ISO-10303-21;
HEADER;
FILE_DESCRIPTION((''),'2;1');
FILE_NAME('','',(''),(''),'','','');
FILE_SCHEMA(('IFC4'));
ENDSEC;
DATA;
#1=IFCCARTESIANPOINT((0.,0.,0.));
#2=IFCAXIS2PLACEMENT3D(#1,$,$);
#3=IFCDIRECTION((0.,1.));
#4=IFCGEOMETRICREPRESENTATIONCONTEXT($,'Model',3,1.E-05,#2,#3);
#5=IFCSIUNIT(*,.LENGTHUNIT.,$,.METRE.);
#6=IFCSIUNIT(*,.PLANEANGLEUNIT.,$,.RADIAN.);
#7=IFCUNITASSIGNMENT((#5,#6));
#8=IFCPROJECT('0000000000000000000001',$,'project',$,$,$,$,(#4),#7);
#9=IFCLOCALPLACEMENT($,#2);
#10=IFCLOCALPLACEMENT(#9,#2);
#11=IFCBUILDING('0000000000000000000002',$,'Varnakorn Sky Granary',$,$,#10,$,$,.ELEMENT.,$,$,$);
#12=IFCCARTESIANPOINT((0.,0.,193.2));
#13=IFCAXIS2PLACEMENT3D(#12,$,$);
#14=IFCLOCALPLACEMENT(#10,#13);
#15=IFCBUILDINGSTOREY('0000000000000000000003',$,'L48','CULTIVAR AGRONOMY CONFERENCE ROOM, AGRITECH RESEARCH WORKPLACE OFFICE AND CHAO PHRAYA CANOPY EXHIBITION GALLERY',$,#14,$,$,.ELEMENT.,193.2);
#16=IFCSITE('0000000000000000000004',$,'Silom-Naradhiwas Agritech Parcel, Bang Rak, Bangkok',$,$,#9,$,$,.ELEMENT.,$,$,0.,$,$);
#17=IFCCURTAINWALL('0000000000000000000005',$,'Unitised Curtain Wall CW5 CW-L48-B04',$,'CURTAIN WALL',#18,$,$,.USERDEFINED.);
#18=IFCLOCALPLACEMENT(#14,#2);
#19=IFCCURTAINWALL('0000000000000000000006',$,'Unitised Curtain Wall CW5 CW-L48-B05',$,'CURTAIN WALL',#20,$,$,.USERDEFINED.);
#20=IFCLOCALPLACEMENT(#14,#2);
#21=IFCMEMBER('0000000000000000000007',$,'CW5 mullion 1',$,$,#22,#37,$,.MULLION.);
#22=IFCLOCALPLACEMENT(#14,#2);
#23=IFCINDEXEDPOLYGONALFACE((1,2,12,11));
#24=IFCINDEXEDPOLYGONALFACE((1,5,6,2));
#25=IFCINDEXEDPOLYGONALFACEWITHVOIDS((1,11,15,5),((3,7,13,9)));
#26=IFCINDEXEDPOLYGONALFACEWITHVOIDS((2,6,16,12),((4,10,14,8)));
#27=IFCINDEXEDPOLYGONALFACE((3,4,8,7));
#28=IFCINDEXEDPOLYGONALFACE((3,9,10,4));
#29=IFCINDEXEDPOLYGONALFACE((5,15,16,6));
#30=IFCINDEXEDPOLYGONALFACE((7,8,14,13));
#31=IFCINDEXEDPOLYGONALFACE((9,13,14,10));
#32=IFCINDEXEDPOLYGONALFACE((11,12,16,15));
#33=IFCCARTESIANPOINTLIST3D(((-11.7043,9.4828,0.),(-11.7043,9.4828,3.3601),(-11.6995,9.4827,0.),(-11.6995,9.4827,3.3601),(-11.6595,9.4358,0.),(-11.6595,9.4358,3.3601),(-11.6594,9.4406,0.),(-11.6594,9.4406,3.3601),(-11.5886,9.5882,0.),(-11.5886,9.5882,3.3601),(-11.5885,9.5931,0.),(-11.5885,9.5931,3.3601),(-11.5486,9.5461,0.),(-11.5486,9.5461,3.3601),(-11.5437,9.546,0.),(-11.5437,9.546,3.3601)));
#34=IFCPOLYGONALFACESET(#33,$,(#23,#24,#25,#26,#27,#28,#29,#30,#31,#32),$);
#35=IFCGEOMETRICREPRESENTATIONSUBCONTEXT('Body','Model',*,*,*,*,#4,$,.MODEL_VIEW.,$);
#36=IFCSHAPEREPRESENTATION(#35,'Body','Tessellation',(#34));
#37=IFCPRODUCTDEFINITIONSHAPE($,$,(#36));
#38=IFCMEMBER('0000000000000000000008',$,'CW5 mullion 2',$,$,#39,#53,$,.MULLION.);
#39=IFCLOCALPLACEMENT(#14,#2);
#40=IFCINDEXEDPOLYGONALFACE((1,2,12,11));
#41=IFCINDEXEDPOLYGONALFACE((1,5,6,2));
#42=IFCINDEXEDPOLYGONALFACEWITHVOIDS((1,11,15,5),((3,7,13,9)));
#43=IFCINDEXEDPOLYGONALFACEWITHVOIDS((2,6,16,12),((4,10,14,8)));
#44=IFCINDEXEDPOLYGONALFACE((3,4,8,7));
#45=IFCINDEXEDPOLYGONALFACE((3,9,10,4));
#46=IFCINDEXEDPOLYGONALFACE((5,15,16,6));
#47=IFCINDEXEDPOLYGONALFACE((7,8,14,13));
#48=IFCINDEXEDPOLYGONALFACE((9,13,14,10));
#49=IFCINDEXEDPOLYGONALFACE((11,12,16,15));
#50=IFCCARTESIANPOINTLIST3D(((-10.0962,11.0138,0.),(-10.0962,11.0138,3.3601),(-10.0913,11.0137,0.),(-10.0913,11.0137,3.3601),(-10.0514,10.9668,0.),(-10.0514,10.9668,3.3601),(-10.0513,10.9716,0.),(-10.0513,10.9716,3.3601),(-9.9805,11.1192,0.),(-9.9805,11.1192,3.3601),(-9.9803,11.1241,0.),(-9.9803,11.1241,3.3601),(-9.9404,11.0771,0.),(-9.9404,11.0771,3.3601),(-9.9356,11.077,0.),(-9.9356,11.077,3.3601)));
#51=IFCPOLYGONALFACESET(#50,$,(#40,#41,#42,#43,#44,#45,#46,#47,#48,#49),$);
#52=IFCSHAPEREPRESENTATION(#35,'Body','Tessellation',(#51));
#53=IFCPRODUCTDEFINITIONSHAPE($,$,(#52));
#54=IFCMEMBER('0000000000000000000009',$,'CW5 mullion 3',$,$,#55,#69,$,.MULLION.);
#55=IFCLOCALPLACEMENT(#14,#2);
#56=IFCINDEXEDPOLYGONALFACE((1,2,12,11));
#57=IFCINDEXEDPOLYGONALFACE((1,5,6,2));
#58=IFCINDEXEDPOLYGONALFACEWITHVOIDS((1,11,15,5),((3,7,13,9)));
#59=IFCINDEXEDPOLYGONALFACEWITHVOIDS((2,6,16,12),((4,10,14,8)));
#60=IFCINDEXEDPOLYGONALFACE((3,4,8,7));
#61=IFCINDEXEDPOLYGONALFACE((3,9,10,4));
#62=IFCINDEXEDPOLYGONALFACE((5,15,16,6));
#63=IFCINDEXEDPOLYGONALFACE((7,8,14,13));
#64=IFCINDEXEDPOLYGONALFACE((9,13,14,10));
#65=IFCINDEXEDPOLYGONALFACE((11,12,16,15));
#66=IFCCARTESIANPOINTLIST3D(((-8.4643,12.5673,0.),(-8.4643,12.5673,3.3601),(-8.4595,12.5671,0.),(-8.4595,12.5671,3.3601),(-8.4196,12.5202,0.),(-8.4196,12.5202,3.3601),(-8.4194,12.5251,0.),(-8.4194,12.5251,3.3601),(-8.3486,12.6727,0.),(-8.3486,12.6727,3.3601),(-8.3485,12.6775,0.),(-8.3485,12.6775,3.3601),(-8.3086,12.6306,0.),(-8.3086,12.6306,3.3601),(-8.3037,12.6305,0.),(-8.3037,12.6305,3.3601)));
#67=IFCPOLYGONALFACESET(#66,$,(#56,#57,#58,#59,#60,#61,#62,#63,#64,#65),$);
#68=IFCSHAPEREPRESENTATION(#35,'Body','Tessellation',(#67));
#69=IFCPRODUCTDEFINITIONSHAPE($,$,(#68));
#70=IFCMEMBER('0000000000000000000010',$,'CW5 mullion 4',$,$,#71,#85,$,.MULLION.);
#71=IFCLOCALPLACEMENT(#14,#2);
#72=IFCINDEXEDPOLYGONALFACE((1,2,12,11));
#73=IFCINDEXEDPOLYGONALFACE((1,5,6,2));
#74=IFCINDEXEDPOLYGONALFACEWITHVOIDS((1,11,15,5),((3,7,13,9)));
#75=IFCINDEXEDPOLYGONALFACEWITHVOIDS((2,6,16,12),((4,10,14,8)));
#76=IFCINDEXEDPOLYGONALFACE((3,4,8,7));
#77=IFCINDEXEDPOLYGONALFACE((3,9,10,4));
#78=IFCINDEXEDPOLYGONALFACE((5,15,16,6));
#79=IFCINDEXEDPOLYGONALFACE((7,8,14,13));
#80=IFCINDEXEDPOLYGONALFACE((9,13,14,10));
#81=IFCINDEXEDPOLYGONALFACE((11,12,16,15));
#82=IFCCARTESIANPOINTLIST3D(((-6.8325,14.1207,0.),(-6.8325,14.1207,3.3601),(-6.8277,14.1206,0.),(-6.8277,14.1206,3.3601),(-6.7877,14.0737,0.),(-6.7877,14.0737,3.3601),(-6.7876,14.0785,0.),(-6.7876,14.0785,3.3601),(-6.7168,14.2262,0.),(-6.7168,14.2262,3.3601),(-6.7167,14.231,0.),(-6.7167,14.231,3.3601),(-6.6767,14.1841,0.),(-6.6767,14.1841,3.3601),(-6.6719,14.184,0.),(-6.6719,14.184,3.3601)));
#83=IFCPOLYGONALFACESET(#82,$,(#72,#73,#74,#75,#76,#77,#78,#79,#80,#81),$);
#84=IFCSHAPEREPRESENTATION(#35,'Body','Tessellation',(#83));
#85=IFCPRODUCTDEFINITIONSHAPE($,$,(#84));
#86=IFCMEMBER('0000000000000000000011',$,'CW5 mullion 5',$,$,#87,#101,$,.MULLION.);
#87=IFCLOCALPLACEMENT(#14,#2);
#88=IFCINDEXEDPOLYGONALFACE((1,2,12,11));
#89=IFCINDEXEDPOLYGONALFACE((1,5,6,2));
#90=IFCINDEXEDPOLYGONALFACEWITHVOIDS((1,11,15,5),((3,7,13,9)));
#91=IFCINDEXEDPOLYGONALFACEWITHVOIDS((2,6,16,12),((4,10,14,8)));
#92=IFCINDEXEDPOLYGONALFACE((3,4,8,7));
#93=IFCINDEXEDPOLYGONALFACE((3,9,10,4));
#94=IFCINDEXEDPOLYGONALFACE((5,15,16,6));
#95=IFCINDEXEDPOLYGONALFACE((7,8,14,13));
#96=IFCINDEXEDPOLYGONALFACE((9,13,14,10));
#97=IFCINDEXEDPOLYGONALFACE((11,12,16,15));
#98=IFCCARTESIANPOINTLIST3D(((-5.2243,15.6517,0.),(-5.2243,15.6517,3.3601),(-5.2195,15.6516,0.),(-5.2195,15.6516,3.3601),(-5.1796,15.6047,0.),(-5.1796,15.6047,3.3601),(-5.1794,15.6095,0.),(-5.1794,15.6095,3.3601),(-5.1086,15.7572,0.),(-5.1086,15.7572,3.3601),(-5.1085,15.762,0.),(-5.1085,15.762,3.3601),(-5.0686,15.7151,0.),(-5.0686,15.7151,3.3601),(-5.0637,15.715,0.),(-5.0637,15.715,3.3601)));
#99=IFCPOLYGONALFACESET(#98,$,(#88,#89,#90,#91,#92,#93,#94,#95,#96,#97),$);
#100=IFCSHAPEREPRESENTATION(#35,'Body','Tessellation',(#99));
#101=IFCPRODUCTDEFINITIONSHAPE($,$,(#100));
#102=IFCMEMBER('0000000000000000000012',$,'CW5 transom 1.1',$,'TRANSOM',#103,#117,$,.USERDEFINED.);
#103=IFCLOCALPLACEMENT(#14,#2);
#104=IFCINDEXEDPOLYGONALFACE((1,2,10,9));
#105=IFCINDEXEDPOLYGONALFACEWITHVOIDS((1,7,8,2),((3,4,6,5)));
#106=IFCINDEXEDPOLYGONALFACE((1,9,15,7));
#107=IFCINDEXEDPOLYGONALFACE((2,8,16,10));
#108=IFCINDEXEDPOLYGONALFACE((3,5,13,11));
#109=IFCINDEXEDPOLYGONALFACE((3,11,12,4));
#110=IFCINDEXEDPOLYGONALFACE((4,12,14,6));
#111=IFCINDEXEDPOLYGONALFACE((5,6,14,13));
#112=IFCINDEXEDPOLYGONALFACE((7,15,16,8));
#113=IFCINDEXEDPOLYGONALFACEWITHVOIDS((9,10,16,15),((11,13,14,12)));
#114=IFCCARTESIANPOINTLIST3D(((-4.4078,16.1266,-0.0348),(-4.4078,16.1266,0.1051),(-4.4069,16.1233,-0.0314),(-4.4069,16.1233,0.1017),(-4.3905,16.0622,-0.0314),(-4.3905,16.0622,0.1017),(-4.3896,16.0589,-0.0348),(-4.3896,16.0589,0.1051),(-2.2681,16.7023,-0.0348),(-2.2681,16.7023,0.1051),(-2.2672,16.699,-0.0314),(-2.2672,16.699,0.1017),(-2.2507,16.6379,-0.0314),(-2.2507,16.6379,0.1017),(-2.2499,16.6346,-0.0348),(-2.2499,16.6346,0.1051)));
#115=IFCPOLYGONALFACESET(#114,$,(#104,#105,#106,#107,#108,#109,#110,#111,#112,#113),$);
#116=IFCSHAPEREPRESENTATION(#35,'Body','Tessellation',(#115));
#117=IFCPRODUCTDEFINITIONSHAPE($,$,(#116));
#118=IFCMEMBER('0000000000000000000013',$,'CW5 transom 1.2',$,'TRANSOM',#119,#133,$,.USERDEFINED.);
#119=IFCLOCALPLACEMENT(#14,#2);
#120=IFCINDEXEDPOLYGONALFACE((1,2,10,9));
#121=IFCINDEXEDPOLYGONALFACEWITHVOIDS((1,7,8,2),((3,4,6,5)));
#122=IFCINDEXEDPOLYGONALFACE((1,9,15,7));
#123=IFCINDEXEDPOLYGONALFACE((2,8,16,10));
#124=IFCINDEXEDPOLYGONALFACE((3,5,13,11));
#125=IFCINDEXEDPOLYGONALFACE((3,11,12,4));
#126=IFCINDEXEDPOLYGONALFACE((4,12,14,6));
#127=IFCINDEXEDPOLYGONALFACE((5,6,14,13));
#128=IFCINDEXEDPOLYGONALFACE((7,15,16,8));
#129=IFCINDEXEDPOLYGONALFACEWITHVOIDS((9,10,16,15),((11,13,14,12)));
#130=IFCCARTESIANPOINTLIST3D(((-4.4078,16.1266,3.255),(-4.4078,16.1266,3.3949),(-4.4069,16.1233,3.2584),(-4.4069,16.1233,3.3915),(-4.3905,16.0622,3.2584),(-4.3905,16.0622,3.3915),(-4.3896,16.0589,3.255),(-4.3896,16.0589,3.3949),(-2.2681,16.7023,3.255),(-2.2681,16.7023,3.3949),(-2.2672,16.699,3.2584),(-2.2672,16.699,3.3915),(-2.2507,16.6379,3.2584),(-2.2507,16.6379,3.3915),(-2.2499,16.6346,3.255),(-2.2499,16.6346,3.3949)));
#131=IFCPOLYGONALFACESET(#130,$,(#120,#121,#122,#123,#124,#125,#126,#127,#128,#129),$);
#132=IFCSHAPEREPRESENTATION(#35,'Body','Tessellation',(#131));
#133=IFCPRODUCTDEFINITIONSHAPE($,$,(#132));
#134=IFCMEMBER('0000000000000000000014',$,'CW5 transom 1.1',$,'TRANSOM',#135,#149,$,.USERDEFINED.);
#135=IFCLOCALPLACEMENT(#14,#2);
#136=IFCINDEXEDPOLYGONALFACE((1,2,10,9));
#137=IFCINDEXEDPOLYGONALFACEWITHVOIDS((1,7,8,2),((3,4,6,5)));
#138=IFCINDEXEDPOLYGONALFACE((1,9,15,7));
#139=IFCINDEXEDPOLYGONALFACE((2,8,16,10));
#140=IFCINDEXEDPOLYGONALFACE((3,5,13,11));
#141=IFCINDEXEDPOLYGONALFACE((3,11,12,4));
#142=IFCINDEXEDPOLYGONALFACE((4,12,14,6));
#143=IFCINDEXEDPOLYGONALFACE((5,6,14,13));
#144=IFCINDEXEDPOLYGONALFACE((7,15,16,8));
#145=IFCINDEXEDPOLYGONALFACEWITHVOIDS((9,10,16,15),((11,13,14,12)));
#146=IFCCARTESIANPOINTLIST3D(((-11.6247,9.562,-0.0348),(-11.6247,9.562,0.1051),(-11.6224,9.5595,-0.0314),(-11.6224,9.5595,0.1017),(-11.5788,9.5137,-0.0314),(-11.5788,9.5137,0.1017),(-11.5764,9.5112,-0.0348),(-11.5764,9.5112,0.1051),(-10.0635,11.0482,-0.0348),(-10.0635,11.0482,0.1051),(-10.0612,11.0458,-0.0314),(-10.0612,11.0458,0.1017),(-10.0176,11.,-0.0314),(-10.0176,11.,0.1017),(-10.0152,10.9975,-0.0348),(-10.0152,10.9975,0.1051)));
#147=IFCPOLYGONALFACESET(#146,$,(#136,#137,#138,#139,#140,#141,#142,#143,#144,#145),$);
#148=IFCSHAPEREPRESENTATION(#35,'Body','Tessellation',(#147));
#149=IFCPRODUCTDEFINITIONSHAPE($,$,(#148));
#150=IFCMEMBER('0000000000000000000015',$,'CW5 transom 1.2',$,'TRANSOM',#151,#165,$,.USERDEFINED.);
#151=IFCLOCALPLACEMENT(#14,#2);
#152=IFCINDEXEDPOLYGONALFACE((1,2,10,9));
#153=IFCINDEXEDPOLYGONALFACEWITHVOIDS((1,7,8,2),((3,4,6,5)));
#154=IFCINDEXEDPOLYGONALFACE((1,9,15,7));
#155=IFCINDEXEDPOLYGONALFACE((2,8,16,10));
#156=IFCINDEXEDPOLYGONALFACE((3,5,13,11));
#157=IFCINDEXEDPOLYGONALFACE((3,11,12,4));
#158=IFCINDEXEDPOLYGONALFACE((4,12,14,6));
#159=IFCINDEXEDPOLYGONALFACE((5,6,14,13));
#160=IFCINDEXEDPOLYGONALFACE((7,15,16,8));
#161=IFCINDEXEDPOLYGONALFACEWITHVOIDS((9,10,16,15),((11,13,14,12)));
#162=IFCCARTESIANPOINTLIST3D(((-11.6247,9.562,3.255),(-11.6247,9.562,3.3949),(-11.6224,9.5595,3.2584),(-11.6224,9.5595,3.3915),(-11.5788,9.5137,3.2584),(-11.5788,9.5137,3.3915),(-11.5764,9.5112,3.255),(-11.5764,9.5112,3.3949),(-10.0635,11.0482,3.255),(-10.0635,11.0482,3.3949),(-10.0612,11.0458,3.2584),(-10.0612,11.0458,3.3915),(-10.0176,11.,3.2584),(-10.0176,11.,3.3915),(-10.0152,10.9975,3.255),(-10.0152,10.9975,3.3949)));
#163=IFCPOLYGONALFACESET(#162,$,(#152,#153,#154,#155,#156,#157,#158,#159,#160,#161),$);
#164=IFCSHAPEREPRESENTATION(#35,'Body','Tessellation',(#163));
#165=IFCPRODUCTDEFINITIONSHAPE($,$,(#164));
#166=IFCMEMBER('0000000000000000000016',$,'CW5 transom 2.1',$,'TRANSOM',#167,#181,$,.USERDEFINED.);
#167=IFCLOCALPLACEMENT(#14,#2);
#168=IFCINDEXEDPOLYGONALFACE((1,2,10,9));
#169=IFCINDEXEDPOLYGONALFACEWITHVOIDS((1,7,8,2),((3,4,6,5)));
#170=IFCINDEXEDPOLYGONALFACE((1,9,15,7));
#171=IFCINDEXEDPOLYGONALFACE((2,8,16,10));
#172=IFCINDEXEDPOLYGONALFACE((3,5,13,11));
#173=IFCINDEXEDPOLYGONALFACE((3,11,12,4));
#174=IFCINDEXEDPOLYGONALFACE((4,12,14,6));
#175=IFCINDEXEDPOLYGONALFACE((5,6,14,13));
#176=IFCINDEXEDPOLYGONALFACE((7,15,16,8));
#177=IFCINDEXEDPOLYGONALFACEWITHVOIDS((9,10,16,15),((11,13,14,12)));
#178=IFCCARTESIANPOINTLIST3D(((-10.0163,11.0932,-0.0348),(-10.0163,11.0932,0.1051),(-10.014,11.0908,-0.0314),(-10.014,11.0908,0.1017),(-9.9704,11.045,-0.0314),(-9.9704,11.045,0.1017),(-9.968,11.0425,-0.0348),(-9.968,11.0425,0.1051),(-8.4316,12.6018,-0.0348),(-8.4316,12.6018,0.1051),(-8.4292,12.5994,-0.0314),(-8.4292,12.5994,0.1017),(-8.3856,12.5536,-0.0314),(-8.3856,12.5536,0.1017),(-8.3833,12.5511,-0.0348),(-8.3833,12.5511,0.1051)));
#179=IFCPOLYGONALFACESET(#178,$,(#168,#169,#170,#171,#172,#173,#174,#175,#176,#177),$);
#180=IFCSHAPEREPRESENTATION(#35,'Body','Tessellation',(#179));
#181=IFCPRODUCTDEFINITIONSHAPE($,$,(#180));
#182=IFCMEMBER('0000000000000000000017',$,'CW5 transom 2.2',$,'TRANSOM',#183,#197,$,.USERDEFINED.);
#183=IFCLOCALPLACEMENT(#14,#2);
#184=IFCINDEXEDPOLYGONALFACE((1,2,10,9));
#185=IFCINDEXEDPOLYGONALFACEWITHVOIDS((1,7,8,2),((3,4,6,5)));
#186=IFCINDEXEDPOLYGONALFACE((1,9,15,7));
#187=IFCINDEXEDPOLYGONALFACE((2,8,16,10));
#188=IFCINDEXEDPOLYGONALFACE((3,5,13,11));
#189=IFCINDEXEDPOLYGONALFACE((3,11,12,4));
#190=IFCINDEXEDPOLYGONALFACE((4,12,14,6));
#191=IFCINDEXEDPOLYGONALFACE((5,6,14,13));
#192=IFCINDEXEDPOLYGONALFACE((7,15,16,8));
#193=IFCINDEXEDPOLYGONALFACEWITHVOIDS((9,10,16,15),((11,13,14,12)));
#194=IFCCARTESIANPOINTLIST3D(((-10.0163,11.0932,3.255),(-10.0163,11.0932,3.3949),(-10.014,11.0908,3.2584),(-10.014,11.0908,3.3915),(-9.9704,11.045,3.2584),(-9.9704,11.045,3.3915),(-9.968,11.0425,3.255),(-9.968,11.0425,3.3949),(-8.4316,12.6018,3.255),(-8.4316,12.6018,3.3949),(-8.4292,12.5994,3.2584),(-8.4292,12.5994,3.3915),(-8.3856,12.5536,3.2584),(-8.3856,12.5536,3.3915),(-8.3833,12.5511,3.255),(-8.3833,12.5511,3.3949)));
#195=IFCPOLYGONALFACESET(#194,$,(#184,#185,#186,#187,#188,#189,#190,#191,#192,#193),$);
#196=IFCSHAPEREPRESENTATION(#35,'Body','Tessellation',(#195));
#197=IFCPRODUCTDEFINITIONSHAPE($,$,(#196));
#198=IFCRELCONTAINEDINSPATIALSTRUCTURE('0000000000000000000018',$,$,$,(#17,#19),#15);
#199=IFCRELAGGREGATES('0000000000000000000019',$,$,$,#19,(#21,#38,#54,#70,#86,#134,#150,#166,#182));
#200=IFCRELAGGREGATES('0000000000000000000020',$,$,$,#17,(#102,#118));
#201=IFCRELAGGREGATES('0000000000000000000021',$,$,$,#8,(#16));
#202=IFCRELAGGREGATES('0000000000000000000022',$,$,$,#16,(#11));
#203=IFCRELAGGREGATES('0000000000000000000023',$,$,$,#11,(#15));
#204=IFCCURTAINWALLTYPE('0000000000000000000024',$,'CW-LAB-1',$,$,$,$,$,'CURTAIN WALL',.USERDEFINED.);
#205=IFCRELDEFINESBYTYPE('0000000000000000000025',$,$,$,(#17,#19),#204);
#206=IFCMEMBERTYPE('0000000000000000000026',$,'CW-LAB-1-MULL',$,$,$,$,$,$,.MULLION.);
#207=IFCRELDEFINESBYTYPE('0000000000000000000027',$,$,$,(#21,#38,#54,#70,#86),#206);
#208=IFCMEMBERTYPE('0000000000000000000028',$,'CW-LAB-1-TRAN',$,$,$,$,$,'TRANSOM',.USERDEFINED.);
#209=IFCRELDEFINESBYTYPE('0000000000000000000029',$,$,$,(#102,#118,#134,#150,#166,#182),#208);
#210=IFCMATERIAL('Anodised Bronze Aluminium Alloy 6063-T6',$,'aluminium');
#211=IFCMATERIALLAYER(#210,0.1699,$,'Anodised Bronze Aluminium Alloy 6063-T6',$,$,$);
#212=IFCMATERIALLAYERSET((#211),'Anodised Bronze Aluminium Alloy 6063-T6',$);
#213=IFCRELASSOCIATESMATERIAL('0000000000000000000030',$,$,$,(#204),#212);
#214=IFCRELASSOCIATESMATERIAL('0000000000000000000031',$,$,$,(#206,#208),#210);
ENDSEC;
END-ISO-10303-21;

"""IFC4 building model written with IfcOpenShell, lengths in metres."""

from ifc_helpers import new_model, si_unit, direction, frame, origin, origin_2d, place, context, subcontext, project, spatial, hollow_rectangle, extrude, material, layer, layer_set, material_profile, profile_set, type_object, element, aggregate, save


model = new_model("IFC4")

# Units and contexts
model_context = context("Model", 3, precision=1e-05, world=origin(), true_north=direction((0.0, 1.0)))
body_context = subcontext(model_context, "Body", "Model", "MODEL_VIEW")
ifc_project = project(units=[si_unit("LENGTHUNIT", "METRE"), si_unit("PLANEANGLEUNIT", "RADIAN")], contexts=[model_context])

# Site, building, storey
site_placement = place(None, origin())
site = spatial("IfcSite", under=ifc_project, at=site_placement, Name="Silom-Naradhiwas Agritech Parcel, Bang Rak, Bangkok", CompositionType="ELEMENT", RefElevation=0.0)
building_placement = place(site_placement, origin())
building = spatial("IfcBuilding", under=site, at=building_placement, Name="Varnakorn Sky Granary", CompositionType="ELEMENT")
storey_placement = place(building_placement, frame((0.0, 0.0, 193.2)))
storey = spatial("IfcBuildingStorey", under=building, at=storey_placement, Name="L48", Description="CULTIVAR AGRONOMY CONFERENCE ROOM, AGRITECH RESEARCH WORKPLACE OFFICE AND CHAO PHRAYA CANOPY EXHIBITION GALLERY", CompositionType="ELEMENT", Elevation=193.2)

# Curtain wall
ifc_material_1 = material(Name="Anodised Bronze Aluminium Alloy 6063-T6", Category="aluminium")
ifc_layer_1 = layer(ifc_material_1, 0.1699, Name="Anodised Bronze Aluminium Alloy 6063-T6")
ifc_layer_set_1 = layer_set([ifc_layer_1], Name="Anodised Bronze Aluminium Alloy 6063-T6")
curtain_wall_type = type_object("IfcCurtainWallType", Name="CW-LAB-1", ElementType="CURTAIN WALL", PredefinedType="USERDEFINED", material=ifc_layer_set_1)
curtain_wall_1_placement = place(storey_placement, origin())
curtain_wall_1 = element("IfcCurtainWall", 1, at=curtain_wall_1_placement, inside=storey, type_object=curtain_wall_type, Name="Unitised Curtain Wall CW5 CW-L48-B04", ObjectType="CURTAIN WALL", PredefinedType="USERDEFINED")
ifc_material_profile_1 = material_profile(ifc_material_1, hollow_rectangle(XDim=0.0649, YDim=0.1599, WallThickness=0.0034, at=origin_2d()), Name="ALU MULL 65x160")
ifc_profile_set_1 = profile_set([ifc_material_profile_1], Name="Anodised Bronze Aluminium Alloy 6063-T6")
member_type_1 = type_object("IfcMemberType", Name="CW-LAB-1-MULL", PredefinedType="MULLION", material=ifc_profile_set_1)

# Curtain wall, members
curtain_wall_2_placement = place(storey_placement, origin())
curtain_wall_2 = element("IfcCurtainWall", 2, at=curtain_wall_2_placement, inside=storey, type_object=curtain_wall_type, Name="Unitised Curtain Wall CW5 CW-L48-B05", ObjectType="CURTAIN WALL", PredefinedType="USERDEFINED")
member_1_placement = place(storey_placement, frame((-11.624, 9.5144, 0.0), z_axis=(0.0, 0.0, 1.0), x_axis=(-0.689516, 0.72427, 0.0)))
member_1 = element("IfcMember", 3, at=member_1_placement, type_object=member_type_1, Name="CW5 mullion 1", PredefinedType="MULLION", context=body_context, shape_type="SweptSolid", body=[
    extrude(hollow_rectangle(XDim=0.0649, YDim=0.1599, WallThickness=0.0034, at=origin_2d()), origin(), (0.0, 0.0, 1.0), 3.3601),
])
member_2_placement = place(storey_placement, frame((-10.0159, 11.0454, 0.0), z_axis=(0.0, 0.0, 1.0), x_axis=(-0.689516, 0.72427, 0.0)))
member_2 = element("IfcMember", 4, at=member_2_placement, type_object=member_type_1, Name="CW5 mullion 2", PredefinedType="MULLION", context=body_context, shape_type="SweptSolid", body=[
    extrude(hollow_rectangle(XDim=0.0649, YDim=0.1599, WallThickness=0.0034, at=origin_2d()), origin(), (0.0, 0.0, 1.0), 3.3601),
])
member_3_placement = place(storey_placement, frame((-8.384, 12.5989, 0.0), z_axis=(0.0, 0.0, 1.0), x_axis=(-0.689516, 0.72427, 0.0)))
member_3 = element("IfcMember", 5, at=member_3_placement, type_object=member_type_1, Name="CW5 mullion 3", PredefinedType="MULLION", context=body_context, shape_type="SweptSolid", body=[
    extrude(hollow_rectangle(XDim=0.0649, YDim=0.1599, WallThickness=0.0034, at=origin_2d()), origin(), (0.0, 0.0, 1.0), 3.3601),
])
member_4_placement = place(storey_placement, frame((-6.7522, 14.1523, 0.0), z_axis=(0.0, 0.0, 1.0), x_axis=(-0.689516, 0.72427, 0.0)))
member_4 = element("IfcMember", 6, at=member_4_placement, type_object=member_type_1, Name="CW5 mullion 4", PredefinedType="MULLION", context=body_context, shape_type="SweptSolid", body=[
    extrude(hollow_rectangle(XDim=0.0649, YDim=0.1599, WallThickness=0.0034, at=origin_2d()), origin(), (0.0, 0.0, 1.0), 3.3601),
])
member_5_placement = place(storey_placement, frame((-5.144, 15.6833, 0.0), z_axis=(0.0, 0.0, 1.0), x_axis=(-0.689516, 0.72427, 0.0)))
member_5 = element("IfcMember", 7, at=member_5_placement, type_object=member_type_1, Name="CW5 mullion 5", PredefinedType="MULLION", context=body_context, shape_type="SweptSolid", body=[
    extrude(hollow_rectangle(XDim=0.0649, YDim=0.1599, WallThickness=0.0034, at=origin_2d()), origin(), (0.0, 0.0, 1.0), 3.3601),
])

# Members
ifc_material_profile_2 = material_profile(ifc_material_1, hollow_rectangle(XDim=0.0701, YDim=0.1399, WallThickness=0.0034, at=origin_2d()), Name="ALU TRAN 70x140")
ifc_profile_set_2 = profile_set([ifc_material_profile_2], Name="Anodised Bronze Aluminium Alloy 6063-T6")
member_type_2 = type_object("IfcMemberType", Name="CW-LAB-1-TRAN", ElementType="TRANSOM", PredefinedType="USERDEFINED", material=ifc_profile_set_2)
member_6_placement = place(storey_placement, frame((-4.3987, 16.0928, 0.0352), z_axis=(0.965658, 0.259815, 0.0), x_axis=(-0.259815, 0.965658, 0.0)))
member_6 = element("IfcMember", 8, at=member_6_placement, type_object=member_type_2, Name="CW5 transom 1.1", ObjectType="TRANSOM", PredefinedType="USERDEFINED", context=body_context, shape_type="SweptSolid", body=[
    extrude(hollow_rectangle(XDim=0.0701, YDim=0.1399, WallThickness=0.0034, at=origin_2d()), origin(), (0.0, 0.0, 1.0), 2.2158),
])
member_7_placement = place(storey_placement, frame((-4.3987, 16.0928, 3.325), z_axis=(0.965658, 0.259815, 0.0), x_axis=(-0.259815, 0.965658, 0.0)))
member_7 = element("IfcMember", 9, at=member_7_placement, type_object=member_type_2, Name="CW5 transom 1.2", ObjectType="TRANSOM", PredefinedType="USERDEFINED", context=body_context, shape_type="SweptSolid", body=[
    extrude(hollow_rectangle(XDim=0.0701, YDim=0.1399, WallThickness=0.0034, at=origin_2d()), origin(), (0.0, 0.0, 1.0), 2.2158),
])
member_8_placement = place(storey_placement, frame((-11.6006, 9.5366, 0.0352), z_axis=(0.724278, 0.689508, 0.0), x_axis=(-0.689508, 0.724278, 0.0)))
member_8 = element("IfcMember", 10, at=member_8_placement, type_object=member_type_2, Name="CW5 transom 1.1", ObjectType="TRANSOM", PredefinedType="USERDEFINED", context=body_context, shape_type="SweptSolid", body=[
    extrude(hollow_rectangle(XDim=0.0701, YDim=0.1399, WallThickness=0.0034, at=origin_2d()), origin(), (0.0, 0.0, 1.0), 2.1555),
])
member_9_placement = place(storey_placement, frame((-11.6006, 9.5366, 3.325), z_axis=(0.724278, 0.689508, 0.0), x_axis=(-0.689508, 0.724278, 0.0)))
member_9 = element("IfcMember", 11, at=member_9_placement, type_object=member_type_2, Name="CW5 transom 1.2", ObjectType="TRANSOM", PredefinedType="USERDEFINED", context=body_context, shape_type="SweptSolid", body=[
    extrude(hollow_rectangle(XDim=0.0701, YDim=0.1399, WallThickness=0.0034, at=origin_2d()), origin(), (0.0, 0.0, 1.0), 2.1555),
])
member_10_placement = place(storey_placement, frame((-9.9922, 11.0679, 0.0352), z_axis=(0.7243, 0.689485, 0.0), x_axis=(-0.689485, 0.7243, 0.0)))
member_10 = element("IfcMember", 12, at=member_10_placement, type_object=member_type_2, Name="CW5 transom 2.1", ObjectType="TRANSOM", PredefinedType="USERDEFINED", context=body_context, shape_type="SweptSolid", body=[
    extrude(hollow_rectangle(XDim=0.0701, YDim=0.1399, WallThickness=0.0034, at=origin_2d()), origin(), (0.0, 0.0, 1.0), 2.188),
])
member_11_placement = place(storey_placement, frame((-9.9922, 11.0679, 3.325), z_axis=(0.7243, 0.689485, 0.0), x_axis=(-0.689485, 0.7243, 0.0)))
member_11 = element("IfcMember", 13, at=member_11_placement, type_object=member_type_2, Name="CW5 transom 2.2", ObjectType="TRANSOM", PredefinedType="USERDEFINED", context=body_context, shape_type="SweptSolid", body=[
    extrude(hollow_rectangle(XDim=0.0701, YDim=0.1399, WallThickness=0.0034, at=origin_2d()), origin(), (0.0, 0.0, 1.0), 2.188),
])

aggregate(curtain_wall_2, [member_1, member_2, member_3, member_4, member_5, member_8, member_9, member_10, member_11])
aggregate(curtain_wall_1, [member_6, member_7])

save(model, "model.ifc")
